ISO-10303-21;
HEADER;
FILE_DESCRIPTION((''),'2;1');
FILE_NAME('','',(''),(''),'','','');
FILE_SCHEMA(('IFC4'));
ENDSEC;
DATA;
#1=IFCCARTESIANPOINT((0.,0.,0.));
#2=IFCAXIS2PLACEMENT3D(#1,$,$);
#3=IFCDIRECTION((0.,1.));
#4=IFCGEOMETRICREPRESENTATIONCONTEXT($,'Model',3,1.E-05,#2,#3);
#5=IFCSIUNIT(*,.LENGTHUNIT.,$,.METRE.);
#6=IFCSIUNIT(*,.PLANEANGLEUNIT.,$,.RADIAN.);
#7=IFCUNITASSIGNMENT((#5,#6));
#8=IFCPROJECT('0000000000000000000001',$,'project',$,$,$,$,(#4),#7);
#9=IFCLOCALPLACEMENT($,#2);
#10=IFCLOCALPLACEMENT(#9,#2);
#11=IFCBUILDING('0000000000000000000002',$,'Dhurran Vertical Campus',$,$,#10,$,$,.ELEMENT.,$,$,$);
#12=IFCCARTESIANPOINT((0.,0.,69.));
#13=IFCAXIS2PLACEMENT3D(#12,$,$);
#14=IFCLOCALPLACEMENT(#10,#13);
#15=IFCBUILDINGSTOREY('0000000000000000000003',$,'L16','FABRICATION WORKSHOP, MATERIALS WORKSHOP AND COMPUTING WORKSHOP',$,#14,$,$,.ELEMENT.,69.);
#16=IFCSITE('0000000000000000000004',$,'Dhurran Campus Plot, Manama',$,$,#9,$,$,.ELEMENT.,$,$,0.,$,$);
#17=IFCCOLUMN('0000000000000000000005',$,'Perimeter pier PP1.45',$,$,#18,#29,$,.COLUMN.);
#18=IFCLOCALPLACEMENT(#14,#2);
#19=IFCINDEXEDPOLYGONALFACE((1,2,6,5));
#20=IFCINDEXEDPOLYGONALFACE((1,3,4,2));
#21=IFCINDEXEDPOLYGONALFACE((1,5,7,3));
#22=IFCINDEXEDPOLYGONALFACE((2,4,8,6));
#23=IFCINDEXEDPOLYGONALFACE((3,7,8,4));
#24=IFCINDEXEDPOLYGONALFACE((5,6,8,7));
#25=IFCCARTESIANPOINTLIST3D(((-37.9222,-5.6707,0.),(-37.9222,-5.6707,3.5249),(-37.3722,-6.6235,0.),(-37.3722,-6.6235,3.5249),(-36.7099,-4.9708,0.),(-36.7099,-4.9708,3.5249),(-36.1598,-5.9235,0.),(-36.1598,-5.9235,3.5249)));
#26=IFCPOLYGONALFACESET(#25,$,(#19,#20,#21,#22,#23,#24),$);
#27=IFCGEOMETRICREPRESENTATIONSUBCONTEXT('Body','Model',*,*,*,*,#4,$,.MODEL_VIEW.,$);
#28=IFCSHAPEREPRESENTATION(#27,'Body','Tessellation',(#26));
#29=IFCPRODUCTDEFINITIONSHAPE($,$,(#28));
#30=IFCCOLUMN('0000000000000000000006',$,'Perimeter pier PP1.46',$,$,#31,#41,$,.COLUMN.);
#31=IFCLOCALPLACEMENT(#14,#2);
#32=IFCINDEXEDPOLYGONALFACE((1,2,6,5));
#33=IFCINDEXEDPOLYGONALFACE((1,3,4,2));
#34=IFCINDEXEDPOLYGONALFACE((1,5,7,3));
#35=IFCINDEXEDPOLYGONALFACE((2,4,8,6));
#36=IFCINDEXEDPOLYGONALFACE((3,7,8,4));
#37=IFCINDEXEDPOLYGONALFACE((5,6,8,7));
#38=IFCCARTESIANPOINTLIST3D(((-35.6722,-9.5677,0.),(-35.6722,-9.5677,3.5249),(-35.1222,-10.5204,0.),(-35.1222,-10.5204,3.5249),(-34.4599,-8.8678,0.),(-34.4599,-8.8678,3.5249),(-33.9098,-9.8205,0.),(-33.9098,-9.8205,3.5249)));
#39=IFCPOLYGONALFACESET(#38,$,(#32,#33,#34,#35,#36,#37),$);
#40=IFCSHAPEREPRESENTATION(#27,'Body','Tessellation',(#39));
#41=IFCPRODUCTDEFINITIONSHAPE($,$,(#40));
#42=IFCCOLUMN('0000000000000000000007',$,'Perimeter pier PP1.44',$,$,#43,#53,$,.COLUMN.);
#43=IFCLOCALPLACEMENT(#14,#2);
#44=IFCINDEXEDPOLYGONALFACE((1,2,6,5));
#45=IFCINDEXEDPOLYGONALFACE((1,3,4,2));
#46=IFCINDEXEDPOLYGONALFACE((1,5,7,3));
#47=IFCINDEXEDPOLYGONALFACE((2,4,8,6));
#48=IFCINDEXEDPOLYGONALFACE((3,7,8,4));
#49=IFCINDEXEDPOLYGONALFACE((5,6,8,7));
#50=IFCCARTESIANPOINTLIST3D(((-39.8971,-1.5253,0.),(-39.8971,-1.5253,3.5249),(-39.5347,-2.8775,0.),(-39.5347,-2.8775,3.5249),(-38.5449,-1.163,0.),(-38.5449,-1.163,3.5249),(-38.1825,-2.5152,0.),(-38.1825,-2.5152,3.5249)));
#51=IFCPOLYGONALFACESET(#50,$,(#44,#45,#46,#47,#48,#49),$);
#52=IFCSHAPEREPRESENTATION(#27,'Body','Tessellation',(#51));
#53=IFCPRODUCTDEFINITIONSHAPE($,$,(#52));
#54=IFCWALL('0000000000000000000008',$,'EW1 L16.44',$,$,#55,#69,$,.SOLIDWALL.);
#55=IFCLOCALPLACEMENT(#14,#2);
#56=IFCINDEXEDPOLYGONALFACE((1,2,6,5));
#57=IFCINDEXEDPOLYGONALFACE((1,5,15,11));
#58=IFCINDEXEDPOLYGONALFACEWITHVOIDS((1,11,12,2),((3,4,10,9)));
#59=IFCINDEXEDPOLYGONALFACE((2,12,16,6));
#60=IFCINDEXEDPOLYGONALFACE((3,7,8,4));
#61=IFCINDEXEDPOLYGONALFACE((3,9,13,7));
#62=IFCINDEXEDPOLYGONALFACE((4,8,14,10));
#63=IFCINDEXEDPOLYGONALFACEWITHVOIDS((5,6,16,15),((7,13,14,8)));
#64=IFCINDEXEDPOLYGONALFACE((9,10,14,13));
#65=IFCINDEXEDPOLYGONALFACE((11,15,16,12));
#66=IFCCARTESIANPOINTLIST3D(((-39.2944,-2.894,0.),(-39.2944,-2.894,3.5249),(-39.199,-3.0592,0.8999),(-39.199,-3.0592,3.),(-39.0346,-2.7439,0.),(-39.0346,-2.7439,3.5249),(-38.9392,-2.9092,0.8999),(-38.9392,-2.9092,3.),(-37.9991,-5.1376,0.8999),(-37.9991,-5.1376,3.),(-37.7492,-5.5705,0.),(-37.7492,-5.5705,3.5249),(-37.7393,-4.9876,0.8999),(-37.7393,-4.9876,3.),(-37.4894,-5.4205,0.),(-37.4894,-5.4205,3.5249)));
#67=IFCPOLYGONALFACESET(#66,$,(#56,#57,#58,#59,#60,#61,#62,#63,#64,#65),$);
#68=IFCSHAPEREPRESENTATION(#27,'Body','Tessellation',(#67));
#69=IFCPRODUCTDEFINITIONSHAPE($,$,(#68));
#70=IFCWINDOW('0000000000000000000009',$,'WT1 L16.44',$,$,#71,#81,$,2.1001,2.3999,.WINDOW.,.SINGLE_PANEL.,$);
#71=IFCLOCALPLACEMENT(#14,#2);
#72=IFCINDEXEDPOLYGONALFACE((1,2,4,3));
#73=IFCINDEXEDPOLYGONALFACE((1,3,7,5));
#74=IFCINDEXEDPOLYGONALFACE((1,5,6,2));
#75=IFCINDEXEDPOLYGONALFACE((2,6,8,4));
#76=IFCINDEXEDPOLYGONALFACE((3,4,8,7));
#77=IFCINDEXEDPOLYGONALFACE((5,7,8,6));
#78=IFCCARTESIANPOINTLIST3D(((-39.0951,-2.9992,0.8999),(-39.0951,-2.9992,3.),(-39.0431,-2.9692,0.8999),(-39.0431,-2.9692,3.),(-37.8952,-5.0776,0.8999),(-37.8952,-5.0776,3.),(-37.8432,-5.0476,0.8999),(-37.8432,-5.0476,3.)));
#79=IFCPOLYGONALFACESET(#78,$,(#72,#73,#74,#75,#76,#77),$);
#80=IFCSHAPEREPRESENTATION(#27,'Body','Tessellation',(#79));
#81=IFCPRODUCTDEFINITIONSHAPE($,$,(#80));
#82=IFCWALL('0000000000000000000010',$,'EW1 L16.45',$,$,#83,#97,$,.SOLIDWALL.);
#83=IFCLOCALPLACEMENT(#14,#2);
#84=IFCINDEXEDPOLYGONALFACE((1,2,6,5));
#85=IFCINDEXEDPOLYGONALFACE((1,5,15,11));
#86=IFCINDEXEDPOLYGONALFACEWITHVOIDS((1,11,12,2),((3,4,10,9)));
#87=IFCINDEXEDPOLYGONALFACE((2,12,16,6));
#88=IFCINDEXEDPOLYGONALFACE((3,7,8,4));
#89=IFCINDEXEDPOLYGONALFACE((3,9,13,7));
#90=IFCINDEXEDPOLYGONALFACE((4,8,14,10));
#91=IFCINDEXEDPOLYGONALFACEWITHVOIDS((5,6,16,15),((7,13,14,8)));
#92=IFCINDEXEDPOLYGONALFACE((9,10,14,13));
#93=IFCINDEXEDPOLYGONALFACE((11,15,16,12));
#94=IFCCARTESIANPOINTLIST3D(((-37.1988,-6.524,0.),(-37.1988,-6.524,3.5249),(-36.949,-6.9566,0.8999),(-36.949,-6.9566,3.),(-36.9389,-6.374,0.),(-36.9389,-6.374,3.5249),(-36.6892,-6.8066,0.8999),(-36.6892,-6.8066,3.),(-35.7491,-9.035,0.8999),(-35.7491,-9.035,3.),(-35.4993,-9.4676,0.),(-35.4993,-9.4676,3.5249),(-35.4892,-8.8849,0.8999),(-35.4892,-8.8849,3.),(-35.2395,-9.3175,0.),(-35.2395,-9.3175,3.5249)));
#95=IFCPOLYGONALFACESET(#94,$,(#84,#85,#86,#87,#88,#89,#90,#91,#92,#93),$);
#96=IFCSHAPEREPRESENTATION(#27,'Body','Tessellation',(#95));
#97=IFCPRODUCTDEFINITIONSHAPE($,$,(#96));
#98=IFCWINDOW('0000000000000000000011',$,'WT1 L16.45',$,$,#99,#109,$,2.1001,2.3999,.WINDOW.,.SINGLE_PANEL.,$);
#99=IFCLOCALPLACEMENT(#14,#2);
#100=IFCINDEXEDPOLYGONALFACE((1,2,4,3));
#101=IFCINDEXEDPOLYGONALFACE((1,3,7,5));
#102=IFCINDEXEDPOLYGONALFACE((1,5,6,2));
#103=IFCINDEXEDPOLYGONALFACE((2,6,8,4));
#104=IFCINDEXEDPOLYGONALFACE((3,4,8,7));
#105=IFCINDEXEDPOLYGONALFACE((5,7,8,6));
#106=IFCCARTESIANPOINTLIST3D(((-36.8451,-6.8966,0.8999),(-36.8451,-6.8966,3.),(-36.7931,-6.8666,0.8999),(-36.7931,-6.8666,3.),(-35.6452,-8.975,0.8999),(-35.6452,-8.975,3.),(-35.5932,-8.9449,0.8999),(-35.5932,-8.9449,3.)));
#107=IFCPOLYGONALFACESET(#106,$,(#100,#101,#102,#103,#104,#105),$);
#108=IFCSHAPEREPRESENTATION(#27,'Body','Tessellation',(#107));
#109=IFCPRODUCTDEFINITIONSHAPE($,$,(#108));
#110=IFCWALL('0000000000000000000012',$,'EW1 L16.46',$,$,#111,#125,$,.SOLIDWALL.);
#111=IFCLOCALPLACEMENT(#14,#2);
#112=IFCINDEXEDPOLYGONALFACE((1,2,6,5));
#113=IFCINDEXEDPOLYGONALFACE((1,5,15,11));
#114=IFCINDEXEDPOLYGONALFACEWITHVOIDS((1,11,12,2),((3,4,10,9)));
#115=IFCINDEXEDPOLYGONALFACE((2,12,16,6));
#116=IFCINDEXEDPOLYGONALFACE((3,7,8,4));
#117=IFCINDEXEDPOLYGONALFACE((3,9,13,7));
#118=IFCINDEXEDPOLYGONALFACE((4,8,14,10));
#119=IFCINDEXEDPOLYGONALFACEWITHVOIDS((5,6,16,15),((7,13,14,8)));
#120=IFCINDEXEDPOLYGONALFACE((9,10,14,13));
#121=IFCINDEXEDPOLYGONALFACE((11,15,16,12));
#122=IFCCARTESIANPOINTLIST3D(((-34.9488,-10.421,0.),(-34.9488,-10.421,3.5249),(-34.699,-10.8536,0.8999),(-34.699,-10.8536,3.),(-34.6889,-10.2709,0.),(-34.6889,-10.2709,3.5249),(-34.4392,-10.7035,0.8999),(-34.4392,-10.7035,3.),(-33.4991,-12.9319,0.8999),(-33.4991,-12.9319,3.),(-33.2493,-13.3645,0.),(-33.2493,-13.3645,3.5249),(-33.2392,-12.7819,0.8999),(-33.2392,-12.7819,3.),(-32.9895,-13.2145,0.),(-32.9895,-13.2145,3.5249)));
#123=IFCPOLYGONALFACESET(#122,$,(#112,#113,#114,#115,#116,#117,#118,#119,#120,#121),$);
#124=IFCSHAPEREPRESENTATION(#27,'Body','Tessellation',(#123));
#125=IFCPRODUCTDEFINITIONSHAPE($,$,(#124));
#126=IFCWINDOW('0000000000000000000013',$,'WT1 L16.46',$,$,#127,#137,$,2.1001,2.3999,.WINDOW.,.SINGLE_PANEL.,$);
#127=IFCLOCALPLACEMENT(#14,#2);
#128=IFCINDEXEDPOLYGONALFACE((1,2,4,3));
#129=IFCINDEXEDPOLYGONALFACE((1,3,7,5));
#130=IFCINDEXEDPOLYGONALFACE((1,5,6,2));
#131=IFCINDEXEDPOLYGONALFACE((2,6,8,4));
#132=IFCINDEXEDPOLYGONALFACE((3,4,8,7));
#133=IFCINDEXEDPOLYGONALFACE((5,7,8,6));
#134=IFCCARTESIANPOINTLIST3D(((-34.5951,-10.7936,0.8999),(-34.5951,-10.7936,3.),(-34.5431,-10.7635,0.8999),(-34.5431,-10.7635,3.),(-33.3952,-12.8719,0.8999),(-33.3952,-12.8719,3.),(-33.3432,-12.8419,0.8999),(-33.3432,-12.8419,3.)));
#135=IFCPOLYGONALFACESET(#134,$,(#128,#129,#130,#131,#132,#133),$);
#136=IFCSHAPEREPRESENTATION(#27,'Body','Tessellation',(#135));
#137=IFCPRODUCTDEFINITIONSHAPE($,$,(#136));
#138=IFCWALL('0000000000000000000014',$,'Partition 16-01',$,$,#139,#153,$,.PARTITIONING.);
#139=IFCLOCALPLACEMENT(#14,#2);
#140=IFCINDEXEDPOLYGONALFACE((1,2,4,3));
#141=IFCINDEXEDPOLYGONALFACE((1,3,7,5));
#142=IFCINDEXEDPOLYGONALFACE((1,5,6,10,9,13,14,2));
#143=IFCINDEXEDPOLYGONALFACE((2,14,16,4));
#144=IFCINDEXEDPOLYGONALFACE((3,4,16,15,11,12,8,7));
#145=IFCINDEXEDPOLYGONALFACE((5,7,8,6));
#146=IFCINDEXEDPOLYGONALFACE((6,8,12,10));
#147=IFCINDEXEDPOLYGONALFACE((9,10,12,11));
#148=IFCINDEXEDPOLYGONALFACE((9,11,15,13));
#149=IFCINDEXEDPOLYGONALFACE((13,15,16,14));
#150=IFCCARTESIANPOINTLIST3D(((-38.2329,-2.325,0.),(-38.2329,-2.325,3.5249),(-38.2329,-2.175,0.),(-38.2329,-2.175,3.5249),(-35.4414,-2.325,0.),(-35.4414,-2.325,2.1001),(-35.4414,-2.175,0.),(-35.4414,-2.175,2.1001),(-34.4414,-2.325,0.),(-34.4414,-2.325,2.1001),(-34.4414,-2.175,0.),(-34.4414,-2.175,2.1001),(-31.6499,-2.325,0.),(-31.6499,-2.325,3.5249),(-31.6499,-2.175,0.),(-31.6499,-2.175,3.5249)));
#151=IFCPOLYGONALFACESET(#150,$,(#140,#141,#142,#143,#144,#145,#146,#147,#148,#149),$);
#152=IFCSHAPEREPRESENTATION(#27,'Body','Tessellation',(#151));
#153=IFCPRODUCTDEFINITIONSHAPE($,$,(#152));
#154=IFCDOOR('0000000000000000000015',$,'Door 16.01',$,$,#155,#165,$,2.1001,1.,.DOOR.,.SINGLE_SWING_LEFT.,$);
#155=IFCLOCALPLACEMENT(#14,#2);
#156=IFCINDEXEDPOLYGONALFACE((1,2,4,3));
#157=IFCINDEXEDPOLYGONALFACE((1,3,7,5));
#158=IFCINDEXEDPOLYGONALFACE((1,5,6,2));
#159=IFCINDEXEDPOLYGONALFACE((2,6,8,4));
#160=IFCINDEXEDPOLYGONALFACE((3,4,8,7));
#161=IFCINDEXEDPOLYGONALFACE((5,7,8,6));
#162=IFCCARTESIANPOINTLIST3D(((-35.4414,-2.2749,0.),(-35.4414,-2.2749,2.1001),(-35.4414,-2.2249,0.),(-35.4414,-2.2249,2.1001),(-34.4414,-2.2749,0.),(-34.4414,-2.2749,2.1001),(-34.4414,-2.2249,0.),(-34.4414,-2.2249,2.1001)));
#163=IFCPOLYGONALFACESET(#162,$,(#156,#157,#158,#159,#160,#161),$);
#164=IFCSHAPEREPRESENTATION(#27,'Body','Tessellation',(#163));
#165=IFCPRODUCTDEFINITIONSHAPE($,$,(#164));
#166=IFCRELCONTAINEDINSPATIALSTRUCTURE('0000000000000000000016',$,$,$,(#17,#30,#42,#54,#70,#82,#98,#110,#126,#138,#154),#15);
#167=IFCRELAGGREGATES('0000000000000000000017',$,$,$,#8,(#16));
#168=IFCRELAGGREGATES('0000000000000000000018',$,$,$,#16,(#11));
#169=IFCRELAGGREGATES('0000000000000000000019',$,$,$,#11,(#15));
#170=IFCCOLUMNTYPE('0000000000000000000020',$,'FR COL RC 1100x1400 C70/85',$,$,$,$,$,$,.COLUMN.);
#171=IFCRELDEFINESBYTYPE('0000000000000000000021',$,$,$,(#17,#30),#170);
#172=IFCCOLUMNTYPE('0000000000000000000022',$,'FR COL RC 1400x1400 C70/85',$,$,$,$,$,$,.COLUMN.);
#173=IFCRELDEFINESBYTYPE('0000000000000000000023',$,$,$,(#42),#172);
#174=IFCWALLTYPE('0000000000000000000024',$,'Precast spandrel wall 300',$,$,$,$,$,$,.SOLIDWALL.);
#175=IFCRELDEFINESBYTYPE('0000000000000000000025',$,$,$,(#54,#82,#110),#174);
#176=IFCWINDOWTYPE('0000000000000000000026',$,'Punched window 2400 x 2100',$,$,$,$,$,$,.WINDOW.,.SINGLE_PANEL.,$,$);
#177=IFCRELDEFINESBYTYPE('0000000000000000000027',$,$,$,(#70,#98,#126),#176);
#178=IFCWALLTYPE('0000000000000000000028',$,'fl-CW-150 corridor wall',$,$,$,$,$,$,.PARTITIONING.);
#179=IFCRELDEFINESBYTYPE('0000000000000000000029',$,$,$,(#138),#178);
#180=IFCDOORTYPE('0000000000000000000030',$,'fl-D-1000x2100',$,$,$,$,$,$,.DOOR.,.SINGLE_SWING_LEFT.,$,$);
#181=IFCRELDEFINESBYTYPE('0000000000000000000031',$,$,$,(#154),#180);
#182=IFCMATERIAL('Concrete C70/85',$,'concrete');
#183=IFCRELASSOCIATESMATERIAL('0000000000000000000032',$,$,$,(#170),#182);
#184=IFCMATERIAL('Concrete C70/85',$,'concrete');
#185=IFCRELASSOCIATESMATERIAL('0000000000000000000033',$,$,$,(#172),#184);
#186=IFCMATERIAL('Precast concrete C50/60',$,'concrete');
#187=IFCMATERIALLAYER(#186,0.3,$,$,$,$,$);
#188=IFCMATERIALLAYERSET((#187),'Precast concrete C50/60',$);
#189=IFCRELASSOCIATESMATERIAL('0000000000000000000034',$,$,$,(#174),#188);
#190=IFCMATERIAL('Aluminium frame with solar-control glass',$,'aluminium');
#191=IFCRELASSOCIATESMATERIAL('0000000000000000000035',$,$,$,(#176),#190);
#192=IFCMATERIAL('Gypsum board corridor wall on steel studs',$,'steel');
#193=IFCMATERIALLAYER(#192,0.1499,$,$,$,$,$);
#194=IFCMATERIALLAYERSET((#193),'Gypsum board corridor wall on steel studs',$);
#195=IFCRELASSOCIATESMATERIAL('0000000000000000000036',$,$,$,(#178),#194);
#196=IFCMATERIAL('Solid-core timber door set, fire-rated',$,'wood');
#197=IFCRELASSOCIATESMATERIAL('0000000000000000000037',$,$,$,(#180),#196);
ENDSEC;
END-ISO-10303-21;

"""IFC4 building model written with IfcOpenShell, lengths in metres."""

from ifc_helpers import new_model, si_unit, direction, frame, frame_2d, origin, origin_2d, place, context, subcontext, project, spatial, rectangle, extrude, material, layer, layer_set, material_profile, profile_set, type_object, element, fill, save


model = new_model("IFC4")

# Units and contexts
model_context = context("Model", 3, precision=1e-05, world=origin(), true_north=direction((0.0, 1.0)))
body_context = subcontext(model_context, "Body", "Model", "MODEL_VIEW")
ifc_project = project(units=[si_unit("LENGTHUNIT", "METRE"), si_unit("PLANEANGLEUNIT", "RADIAN")], contexts=[model_context])

# Site, building, storey
site_placement = place(None, origin())
site = spatial("IfcSite", under=ifc_project, at=site_placement, Name="Dhurran Campus Plot, Manama", CompositionType="ELEMENT", RefElevation=0.0)
building_placement = place(site_placement, origin())
building = spatial("IfcBuilding", under=site, at=building_placement, Name="Dhurran Vertical Campus", CompositionType="ELEMENT")
storey_placement = place(building_placement, frame((0.0, 0.0, 69.0)))
storey = spatial("IfcBuildingStorey", under=building, at=storey_placement, Name="L16", Description="FABRICATION WORKSHOP, MATERIALS WORKSHOP AND COMPUTING WORKSHOP", CompositionType="ELEMENT", Elevation=69.0)

# Columns
ifc_material_1 = material(Name="Concrete C70/85", Category="concrete")
ifc_material_profile_1 = material_profile(ifc_material_1, rectangle(XDim=1.1001, YDim=1.3999, at=origin_2d()), Name="RC 1100x1400")
ifc_profile_set_1 = profile_set([ifc_material_profile_1], Name="Concrete C70/85")
column_type_1 = type_object("IfcColumnType", Name="FR COL RC 1100x1400 C70/85", PredefinedType="COLUMN", material=ifc_profile_set_1)
for number, where, z_axis, x_axis, name in (
    (1, (-37.041, -5.7971, 0.0), (0.0, 0.0, 1.0), (0.5, -0.866025, 0.0), "Perimeter pier PP1.45"),
    (2, (-34.791, -9.6941, 0.0), (0.0, 0.0, 1.0), (0.5, -0.866025, 0.0), "Perimeter pier PP1.46"),
):
    element("IfcColumn", number, at=place(storey_placement, frame(where, z_axis=z_axis, x_axis=x_axis)), inside=storey, type_object=column_type_1, Name=name, PredefinedType="COLUMN", context=body_context, shape_type="SweptSolid", body=[
        extrude(rectangle(XDim=1.1001, YDim=1.3999, at=origin_2d()), origin(), (0.0, 0.0, 1.0), 3.5249),
    ])
ifc_material_2 = material(Name="Concrete C70/85", Category="concrete")
ifc_material_profile_2 = material_profile(ifc_material_2, rectangle(XDim=1.3999, YDim=1.3999, at=origin_2d()), Name="RC 1400x1400")
ifc_profile_set_2 = profile_set([ifc_material_profile_2], Name="Concrete C70/85")
column_type_2 = type_object("IfcColumnType", Name="FR COL RC 1400x1400 C70/85", PredefinedType="COLUMN", material=ifc_profile_set_2)
column_placement = place(storey_placement, frame((-39.0398, -2.0203, 0.0), z_axis=(0.0, 0.0, 1.0), x_axis=(0.258819, -0.965926, 0.0)))
element("IfcColumn", 3, at=column_placement, inside=storey, type_object=column_type_2, Name="Perimeter pier PP1.44", PredefinedType="COLUMN", context=body_context, shape_type="SweptSolid", body=[
    extrude(rectangle(XDim=1.3999, YDim=1.3999, at=origin_2d()), origin(), (0.0, 0.0, 1.0), 3.5249),
])

# Walls, openings, windows
ifc_material_3 = material(Name="Precast concrete C50/60", Category="concrete")
ifc_layer_1 = layer(ifc_material_3, 0.3)
ifc_layer_set_1 = layer_set([ifc_layer_1], Name="Precast concrete C50/60")
wall_type_1 = type_object("IfcWallType", Name="Precast spandrel wall 300", PredefinedType="SOLIDWALL", material=ifc_layer_set_1)
wall_1_placement = place(storey_placement, frame((-39.1646, -2.8188, 0.0), z_axis=(0.0, 0.0, 1.0), x_axis=(0.499971, -0.866042, 0.0)))
wall_1 = element("IfcWall", 4, at=wall_1_placement, inside=storey, type_object=wall_type_1, Name="EW1 L16.44", PredefinedType="SOLIDWALL", context=body_context, shape_type="SweptSolid", body=[
    extrude(rectangle(XDim=3.0906, YDim=0.3, at=frame_2d((1.5454, 0.0))), origin(), (0.0, 0.0, 1.0), 3.5249),
])
opening_1_placement = place(wall_1_placement, frame((0.1909, 0.0, 0.8999)))
opening_1 = element("IfcOpeningElement", 5, at=opening_1_placement, cuts=wall_1, PredefinedType="OPENING", context=body_context, shape_type="SweptSolid", body=[
    extrude(rectangle(XDim=2.3999, YDim=2.1001, at=frame_2d((1.2, 1.05))), frame((0.0, 0.1599, 0.0), z_axis=(0.0, -1.0, 0.0), x_axis=(1.0, 0.0, 0.0)), (0.0, 0.0, 1.0), 0.3201),
])
ifc_material_4 = material(Name="Aluminium frame with solar-control glass", Category="aluminium")
window_type = type_object("IfcWindowType", Name="Punched window 2400 x 2100", PartitioningType="SINGLE_PANEL", PredefinedType="WINDOW", material=ifc_material_4)
window_1_placement = place(opening_1_placement, origin())
window_1 = element("IfcWindow", 6, at=window_1_placement, inside=storey, type_object=window_type, Name="WT1 L16.44", OverallHeight=2.1001, OverallWidth=2.3999, PartitioningType="SINGLE_PANEL", PredefinedType="WINDOW", context=body_context, shape_type="SweptSolid", body=[
    extrude(rectangle(XDim=2.3999, YDim=2.1001, at=frame_2d((1.2, 1.05))), frame((0.0, 0.03, 0.0), z_axis=(0.0, -1.0, 0.0), x_axis=(1.0, 0.0, 0.0)), (0.0, 0.0, 1.0), 0.0601),
])
fill(opening_1, window_1)
wall_2_placement = place(storey_placement, frame((-37.0688, -6.449, 0.0), z_axis=(0.0, 0.0, 1.0), x_axis=(0.499994, -0.866029, 0.0)))
wall_2 = element("IfcWall", 7, at=wall_2_placement, inside=storey, type_object=wall_type_1, Name="EW1 L16.45", PredefinedType="SOLIDWALL", context=body_context, shape_type="SweptSolid", body=[
    extrude(rectangle(XDim=3.3989, YDim=0.3, at=frame_2d((1.6995, 0.0))), origin(), (0.0, 0.0, 1.0), 3.5249),
])
opening_2_placement = place(wall_2_placement, frame((0.4995, 0.0, 0.8999)))
opening_2 = element("IfcOpeningElement", 8, at=opening_2_placement, cuts=wall_2, PredefinedType="OPENING", context=body_context, shape_type="SweptSolid", body=[
    extrude(rectangle(XDim=2.3999, YDim=2.1001, at=frame_2d((1.2, 1.05))), frame((0.0, 0.1599, 0.0), z_axis=(0.0, -1.0, 0.0), x_axis=(1.0, 0.0, 0.0)), (0.0, 0.0, 1.0), 0.3201),
])
window_2_placement = place(opening_2_placement, origin())
window_2 = element("IfcWindow", 9, at=window_2_placement, inside=storey, type_object=window_type, Name="WT1 L16.45", OverallHeight=2.1001, OverallWidth=2.3999, PartitioningType="SINGLE_PANEL", PredefinedType="WINDOW", context=body_context, shape_type="SweptSolid", body=[
    extrude(rectangle(XDim=2.3999, YDim=2.1001, at=frame_2d((1.2, 1.05))), frame((0.0, 0.03, 0.0), z_axis=(0.0, -1.0, 0.0), x_axis=(1.0, 0.0, 0.0)), (0.0, 0.0, 1.0), 0.0601),
])
fill(opening_2, window_2)
wall_3_placement = place(storey_placement, frame((-34.8188, -10.3459, 0.0), z_axis=(0.0, 0.0, 1.0), x_axis=(0.499994, -0.866029, 0.0)))
wall_3 = element("IfcWall", 10, at=wall_3_placement, inside=storey, type_object=wall_type_1, Name="EW1 L16.46", PredefinedType="SOLIDWALL", context=body_context, shape_type="SweptSolid", body=[
    extrude(rectangle(XDim=3.3989, YDim=0.3, at=frame_2d((1.6995, 0.0))), origin(), (0.0, 0.0, 1.0), 3.5249),
])
opening_3_placement = place(wall_3_placement, frame((0.4995, 0.0, 0.8999)))
opening_3 = element("IfcOpeningElement", 11, at=opening_3_placement, cuts=wall_3, PredefinedType="OPENING", context=body_context, shape_type="SweptSolid", body=[
    extrude(rectangle(XDim=2.3999, YDim=2.1001, at=frame_2d((1.2, 1.05))), frame((0.0, 0.1599, 0.0), z_axis=(0.0, -1.0, 0.0), x_axis=(1.0, 0.0, 0.0)), (0.0, 0.0, 1.0), 0.3201),
])
window_3_placement = place(opening_3_placement, origin())
window_3 = element("IfcWindow", 12, at=window_3_placement, inside=storey, type_object=window_type, Name="WT1 L16.46", OverallHeight=2.1001, OverallWidth=2.3999, PartitioningType="SINGLE_PANEL", PredefinedType="WINDOW", context=body_context, shape_type="SweptSolid", body=[
    extrude(rectangle(XDim=2.3999, YDim=2.1001, at=frame_2d((1.2, 1.05))), frame((0.0, 0.03, 0.0), z_axis=(0.0, -1.0, 0.0), x_axis=(1.0, 0.0, 0.0)), (0.0, 0.0, 1.0), 0.0601),
])
fill(opening_3, window_3)

# Wall, opening, door
ifc_material_5 = material(Name="Gypsum board corridor wall on steel studs", Category="steel")
ifc_layer_2 = layer(ifc_material_5, 0.1499)
ifc_layer_set_2 = layer_set([ifc_layer_2], Name="Gypsum board corridor wall on steel studs")
wall_type_2 = type_object("IfcWallType", Name="fl-CW-150 corridor wall", PredefinedType="PARTITIONING", material=ifc_layer_set_2)
wall_4_placement = place(storey_placement, frame((-31.6499, -2.25, 0.0), z_axis=(0.0, 0.0, 1.0), x_axis=(-1.0, 0.0, 0.0)))
wall_4 = element("IfcWall", 13, at=wall_4_placement, inside=storey, type_object=wall_type_2, Name="Partition 16-01", PredefinedType="PARTITIONING", context=body_context, shape_type="SweptSolid", body=[
    extrude(rectangle(XDim=6.583, YDim=0.1499, at=frame_2d((3.2915, 0.0))), origin(), (0.0, 0.0, 1.0), 3.5249),
])
opening_4_placement = place(wall_4_placement, frame((2.7915, 0.0, 0.0)))
opening_4 = element("IfcOpeningElement", 14, at=opening_4_placement, cuts=wall_4, PredefinedType="OPENING", context=body_context, shape_type="SweptSolid", body=[
    extrude(rectangle(XDim=1.0, YDim=2.1001, at=frame_2d((0.5, 1.05))), frame((0.0, 0.085, 0.0), z_axis=(0.0, -1.0, 0.0), x_axis=(1.0, 0.0, 0.0)), (0.0, 0.0, 1.0), 0.1699),
])
ifc_material_6 = material(Name="Solid-core timber door set, fire-rated", Category="wood")
door_type = type_object("IfcDoorType", Name="fl-D-1000x2100", OperationType="SINGLE_SWING_LEFT", PredefinedType="DOOR", material=ifc_material_6)
door_placement = place(opening_4_placement, origin())
door = element("IfcDoor", 15, at=door_placement, inside=storey, type_object=door_type, Name="Door 16.01", OperationType="SINGLE_SWING_LEFT", OverallHeight=2.1001, OverallWidth=1.0, PredefinedType="DOOR", context=body_context, shape_type="SweptSolid", body=[
    extrude(rectangle(XDim=1.0, YDim=2.1001, at=frame_2d((0.5, 1.05))), frame((0.0, 0.0249, 0.0), z_axis=(0.0, -1.0, 0.0), x_axis=(1.0, 0.0, 0.0)), (0.0, 0.0, 1.0), 0.05),
])
fill(opening_4, door)

save(model, "model.ifc")
